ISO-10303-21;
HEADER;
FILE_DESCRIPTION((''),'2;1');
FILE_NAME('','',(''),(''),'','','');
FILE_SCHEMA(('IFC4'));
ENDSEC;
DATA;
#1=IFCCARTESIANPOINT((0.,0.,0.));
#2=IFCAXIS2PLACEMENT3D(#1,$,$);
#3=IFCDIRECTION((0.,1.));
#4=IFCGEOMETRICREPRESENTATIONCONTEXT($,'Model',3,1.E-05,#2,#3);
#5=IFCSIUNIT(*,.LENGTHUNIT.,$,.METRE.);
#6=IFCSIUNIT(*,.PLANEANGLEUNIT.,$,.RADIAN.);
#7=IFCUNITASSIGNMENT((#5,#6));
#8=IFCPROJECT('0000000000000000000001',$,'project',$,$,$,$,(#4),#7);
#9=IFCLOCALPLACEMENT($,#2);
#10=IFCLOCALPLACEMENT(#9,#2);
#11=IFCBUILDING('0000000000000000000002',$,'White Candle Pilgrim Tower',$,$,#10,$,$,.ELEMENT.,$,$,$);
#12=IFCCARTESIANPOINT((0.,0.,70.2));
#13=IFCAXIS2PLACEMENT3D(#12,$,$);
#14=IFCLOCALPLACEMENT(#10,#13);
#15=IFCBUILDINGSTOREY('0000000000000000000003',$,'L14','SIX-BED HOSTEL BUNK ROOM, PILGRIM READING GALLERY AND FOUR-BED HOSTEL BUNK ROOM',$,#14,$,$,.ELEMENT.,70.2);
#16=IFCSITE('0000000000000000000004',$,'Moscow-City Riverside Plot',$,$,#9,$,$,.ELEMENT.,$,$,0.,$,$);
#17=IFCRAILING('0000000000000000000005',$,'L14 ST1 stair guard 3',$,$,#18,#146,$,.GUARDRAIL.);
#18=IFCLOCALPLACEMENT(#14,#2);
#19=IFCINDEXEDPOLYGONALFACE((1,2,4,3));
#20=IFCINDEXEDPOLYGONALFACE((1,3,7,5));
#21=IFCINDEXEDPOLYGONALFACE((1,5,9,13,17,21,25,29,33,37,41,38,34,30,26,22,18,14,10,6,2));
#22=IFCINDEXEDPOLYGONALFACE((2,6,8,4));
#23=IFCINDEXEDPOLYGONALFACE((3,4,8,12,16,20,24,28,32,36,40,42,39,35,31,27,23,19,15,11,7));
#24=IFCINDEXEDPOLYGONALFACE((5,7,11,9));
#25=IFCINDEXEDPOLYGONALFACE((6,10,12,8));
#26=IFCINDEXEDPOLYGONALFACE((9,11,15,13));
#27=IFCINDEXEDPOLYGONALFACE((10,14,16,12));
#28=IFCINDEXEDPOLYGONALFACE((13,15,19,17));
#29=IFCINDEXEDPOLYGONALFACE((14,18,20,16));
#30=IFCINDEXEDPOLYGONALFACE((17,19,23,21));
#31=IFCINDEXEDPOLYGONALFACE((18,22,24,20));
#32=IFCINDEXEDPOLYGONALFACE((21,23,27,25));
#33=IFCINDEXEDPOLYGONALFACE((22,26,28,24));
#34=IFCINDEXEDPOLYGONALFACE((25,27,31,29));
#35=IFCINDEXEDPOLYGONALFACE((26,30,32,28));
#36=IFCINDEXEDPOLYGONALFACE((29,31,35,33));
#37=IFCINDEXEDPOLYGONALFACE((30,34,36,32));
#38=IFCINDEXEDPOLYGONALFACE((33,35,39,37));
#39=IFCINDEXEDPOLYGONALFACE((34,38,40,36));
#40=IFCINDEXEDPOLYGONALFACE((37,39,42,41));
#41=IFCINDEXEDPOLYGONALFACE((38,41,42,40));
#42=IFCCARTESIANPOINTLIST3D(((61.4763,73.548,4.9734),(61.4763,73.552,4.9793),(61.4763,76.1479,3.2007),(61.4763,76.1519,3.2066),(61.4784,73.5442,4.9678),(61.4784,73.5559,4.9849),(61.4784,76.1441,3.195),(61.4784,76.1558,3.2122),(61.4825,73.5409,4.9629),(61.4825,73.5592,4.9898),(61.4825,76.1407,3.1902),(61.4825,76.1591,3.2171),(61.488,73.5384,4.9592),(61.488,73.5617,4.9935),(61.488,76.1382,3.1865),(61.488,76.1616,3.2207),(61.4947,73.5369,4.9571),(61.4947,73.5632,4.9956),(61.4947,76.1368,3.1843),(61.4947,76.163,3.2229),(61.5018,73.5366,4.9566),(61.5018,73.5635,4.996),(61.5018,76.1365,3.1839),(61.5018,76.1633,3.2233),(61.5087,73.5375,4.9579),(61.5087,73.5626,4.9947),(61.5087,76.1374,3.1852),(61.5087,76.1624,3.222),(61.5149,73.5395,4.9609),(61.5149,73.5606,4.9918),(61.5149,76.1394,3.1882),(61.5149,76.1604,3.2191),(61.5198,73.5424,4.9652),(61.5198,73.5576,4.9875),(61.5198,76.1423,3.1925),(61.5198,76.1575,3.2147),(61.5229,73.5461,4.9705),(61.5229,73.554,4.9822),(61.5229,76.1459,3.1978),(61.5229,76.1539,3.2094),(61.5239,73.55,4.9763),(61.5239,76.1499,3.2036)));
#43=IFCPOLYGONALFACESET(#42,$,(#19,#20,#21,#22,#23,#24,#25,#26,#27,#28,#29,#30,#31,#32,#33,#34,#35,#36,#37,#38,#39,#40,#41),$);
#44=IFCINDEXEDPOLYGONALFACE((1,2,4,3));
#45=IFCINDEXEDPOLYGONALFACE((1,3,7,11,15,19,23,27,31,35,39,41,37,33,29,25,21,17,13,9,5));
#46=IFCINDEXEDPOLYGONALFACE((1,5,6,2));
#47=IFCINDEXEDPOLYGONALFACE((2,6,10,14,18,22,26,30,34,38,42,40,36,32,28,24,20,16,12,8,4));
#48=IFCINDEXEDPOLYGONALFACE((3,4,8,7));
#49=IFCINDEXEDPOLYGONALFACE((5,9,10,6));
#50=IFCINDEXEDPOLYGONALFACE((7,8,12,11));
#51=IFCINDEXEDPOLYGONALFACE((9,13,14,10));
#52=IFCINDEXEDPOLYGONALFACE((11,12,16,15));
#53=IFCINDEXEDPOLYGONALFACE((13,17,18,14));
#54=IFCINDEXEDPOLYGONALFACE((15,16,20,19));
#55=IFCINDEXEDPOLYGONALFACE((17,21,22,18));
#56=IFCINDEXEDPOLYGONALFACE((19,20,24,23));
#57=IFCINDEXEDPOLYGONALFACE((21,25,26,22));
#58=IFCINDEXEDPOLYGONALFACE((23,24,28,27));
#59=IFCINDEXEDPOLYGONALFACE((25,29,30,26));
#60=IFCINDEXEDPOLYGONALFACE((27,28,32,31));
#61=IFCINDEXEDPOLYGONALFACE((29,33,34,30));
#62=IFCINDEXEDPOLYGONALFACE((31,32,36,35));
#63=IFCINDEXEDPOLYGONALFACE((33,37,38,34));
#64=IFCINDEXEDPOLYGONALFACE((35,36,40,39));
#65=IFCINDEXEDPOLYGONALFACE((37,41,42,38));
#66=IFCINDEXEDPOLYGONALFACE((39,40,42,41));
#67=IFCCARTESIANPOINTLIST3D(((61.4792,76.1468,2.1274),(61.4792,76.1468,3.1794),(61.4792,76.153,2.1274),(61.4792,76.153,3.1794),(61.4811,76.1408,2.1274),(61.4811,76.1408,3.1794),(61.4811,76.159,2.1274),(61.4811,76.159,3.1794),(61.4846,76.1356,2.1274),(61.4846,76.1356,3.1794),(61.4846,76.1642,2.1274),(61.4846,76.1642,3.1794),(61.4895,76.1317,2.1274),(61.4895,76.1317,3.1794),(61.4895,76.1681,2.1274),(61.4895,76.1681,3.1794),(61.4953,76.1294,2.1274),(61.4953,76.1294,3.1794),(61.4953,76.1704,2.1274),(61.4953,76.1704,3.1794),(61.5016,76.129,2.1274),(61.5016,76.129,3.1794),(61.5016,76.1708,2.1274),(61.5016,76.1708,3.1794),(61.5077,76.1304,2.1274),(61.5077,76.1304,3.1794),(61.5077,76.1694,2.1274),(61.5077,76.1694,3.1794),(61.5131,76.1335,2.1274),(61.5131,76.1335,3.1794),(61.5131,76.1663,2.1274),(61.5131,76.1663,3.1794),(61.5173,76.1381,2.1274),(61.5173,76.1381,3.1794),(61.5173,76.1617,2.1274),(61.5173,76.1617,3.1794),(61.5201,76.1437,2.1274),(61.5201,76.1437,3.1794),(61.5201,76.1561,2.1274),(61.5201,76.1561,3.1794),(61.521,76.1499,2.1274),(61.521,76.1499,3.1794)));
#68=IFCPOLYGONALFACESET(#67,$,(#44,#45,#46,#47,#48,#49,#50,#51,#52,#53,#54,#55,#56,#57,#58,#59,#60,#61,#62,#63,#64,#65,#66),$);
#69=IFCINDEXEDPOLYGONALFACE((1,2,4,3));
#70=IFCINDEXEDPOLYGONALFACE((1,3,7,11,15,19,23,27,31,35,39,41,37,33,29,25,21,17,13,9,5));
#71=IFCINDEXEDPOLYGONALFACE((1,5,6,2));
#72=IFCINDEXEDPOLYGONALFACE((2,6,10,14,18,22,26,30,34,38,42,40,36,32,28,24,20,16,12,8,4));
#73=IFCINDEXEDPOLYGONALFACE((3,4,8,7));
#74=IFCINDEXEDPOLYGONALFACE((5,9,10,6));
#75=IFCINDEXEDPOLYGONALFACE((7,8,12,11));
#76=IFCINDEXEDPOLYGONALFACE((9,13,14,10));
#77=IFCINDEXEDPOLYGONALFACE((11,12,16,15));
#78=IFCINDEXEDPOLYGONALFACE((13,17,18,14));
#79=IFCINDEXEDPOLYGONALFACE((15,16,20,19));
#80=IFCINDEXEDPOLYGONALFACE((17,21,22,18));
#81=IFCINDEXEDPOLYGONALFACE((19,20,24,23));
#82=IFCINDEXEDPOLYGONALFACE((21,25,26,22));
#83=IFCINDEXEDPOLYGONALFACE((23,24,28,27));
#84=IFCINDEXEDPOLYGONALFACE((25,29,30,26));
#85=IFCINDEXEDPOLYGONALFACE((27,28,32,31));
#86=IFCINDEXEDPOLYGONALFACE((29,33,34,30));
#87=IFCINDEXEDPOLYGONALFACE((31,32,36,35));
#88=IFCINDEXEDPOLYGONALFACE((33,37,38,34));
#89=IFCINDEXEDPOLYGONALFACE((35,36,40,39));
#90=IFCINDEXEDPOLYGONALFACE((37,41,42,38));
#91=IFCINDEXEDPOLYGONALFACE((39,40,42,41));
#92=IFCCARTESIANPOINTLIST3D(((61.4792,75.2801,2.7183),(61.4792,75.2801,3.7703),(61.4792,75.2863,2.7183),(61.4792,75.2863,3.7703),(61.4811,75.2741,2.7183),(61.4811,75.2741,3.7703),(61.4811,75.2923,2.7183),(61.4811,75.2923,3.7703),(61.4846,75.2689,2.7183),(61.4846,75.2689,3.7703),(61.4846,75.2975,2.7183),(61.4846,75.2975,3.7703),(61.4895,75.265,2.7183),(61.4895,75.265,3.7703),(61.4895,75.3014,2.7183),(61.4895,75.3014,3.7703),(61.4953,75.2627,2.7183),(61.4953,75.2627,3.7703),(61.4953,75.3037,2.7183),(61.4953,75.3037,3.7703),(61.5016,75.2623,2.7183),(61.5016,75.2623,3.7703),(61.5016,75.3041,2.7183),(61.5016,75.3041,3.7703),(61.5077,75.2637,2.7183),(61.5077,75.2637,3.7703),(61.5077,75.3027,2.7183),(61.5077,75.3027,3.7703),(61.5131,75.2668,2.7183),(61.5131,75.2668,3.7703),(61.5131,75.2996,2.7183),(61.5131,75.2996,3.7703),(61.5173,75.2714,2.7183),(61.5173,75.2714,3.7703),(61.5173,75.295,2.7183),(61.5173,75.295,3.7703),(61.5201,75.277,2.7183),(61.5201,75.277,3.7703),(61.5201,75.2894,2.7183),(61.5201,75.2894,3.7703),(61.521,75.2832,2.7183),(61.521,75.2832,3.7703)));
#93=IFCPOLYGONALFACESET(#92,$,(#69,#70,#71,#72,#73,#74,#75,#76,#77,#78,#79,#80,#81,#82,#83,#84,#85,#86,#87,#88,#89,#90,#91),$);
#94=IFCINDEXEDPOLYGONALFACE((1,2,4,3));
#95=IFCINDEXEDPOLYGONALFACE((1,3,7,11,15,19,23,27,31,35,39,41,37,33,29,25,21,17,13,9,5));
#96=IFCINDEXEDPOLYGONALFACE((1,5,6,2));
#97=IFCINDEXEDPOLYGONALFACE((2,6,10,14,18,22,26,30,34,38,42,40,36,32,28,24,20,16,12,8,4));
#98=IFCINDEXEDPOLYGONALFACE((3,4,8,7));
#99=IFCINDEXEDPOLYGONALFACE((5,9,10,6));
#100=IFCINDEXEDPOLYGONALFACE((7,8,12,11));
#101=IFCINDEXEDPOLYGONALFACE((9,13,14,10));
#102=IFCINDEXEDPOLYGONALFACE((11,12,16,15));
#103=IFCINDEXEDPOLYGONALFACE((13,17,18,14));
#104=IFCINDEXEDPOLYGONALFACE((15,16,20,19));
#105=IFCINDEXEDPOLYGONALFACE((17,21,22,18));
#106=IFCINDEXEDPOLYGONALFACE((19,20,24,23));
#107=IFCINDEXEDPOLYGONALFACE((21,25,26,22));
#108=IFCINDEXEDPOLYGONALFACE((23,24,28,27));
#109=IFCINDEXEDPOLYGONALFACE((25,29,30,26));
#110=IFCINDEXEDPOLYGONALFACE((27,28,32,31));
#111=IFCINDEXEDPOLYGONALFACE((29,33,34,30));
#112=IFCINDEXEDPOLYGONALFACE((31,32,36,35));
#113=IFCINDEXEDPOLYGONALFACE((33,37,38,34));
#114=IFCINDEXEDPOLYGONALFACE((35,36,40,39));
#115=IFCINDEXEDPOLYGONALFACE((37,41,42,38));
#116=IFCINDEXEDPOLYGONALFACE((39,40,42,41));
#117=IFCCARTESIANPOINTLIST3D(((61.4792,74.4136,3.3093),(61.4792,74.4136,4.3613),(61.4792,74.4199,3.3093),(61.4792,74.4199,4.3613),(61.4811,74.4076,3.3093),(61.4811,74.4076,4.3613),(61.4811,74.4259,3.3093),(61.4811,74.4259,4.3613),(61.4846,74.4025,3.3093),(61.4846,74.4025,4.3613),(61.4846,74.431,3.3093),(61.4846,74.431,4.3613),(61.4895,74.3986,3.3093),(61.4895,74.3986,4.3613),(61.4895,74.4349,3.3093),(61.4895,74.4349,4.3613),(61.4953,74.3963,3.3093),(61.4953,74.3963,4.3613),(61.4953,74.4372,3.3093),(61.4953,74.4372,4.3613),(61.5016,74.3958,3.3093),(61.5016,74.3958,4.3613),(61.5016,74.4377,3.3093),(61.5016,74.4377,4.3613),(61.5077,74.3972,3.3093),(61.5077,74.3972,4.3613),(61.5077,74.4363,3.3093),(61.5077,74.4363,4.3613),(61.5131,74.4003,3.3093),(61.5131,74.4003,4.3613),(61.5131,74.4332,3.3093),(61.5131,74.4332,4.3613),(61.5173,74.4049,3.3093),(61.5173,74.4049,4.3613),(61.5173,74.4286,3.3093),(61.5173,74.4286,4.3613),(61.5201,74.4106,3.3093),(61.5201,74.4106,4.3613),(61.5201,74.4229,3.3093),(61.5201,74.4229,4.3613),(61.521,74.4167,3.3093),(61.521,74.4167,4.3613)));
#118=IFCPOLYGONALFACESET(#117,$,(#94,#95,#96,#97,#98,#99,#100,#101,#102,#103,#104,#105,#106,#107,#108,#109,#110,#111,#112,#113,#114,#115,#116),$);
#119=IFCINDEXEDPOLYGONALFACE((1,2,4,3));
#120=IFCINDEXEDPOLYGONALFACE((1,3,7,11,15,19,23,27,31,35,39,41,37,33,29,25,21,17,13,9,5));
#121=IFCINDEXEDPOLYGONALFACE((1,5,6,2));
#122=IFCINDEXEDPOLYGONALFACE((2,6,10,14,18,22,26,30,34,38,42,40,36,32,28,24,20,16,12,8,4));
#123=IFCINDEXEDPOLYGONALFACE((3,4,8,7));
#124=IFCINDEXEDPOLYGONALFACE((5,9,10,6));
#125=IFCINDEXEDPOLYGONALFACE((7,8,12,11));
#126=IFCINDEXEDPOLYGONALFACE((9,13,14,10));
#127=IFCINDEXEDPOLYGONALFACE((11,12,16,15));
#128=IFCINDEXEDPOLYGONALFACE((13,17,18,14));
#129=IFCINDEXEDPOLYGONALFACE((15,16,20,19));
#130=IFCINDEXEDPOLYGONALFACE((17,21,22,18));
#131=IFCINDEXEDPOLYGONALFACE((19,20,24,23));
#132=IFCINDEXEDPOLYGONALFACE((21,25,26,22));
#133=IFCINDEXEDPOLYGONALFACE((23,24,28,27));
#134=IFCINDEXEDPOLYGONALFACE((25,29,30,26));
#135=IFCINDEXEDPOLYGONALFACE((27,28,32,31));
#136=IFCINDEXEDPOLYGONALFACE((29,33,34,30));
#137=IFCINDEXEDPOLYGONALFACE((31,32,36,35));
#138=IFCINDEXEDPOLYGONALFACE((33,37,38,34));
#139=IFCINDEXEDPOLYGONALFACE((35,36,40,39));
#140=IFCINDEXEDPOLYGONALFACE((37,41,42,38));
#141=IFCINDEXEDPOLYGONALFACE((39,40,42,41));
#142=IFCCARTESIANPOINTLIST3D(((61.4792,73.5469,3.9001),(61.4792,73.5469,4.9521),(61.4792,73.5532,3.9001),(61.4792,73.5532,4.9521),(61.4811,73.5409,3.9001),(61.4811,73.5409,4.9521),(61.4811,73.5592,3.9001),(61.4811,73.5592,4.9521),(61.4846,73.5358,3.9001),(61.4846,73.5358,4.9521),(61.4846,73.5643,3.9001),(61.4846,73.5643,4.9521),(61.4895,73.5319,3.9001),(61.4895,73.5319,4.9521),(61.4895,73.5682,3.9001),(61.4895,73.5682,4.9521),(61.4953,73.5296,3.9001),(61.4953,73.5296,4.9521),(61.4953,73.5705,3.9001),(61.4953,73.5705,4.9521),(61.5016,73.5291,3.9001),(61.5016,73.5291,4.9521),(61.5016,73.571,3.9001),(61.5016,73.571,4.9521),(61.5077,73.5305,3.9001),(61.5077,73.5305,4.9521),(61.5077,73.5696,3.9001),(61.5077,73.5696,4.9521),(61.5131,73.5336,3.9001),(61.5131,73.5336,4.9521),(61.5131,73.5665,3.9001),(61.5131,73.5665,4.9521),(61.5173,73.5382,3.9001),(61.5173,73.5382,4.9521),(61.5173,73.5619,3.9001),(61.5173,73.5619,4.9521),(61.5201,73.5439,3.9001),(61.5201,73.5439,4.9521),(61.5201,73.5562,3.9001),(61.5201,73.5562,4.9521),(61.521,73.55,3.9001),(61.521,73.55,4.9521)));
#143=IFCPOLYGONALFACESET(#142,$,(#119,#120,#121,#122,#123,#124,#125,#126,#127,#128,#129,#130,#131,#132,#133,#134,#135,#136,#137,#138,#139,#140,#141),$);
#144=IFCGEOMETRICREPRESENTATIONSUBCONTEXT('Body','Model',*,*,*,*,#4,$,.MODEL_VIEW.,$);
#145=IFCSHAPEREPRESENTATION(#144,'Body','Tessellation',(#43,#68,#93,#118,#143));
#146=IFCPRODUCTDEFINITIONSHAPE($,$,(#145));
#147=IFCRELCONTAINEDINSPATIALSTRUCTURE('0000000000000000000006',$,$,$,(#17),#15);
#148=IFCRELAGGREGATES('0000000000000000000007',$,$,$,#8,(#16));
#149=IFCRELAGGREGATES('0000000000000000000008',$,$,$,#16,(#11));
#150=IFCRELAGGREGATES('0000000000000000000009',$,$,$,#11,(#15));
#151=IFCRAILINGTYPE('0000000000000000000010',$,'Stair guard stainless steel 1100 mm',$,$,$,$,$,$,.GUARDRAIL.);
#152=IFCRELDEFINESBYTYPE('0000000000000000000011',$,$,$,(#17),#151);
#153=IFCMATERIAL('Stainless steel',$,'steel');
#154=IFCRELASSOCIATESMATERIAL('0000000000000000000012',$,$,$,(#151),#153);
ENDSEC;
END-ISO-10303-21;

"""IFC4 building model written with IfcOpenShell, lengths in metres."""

from ifc_helpers import new_model, si_unit, direction, frame, origin, origin_2d, place, context, subcontext, project, spatial, circle, extrude, material, type_object, element, save


model = new_model("IFC4")

# Units and contexts
model_context = context("Model", 3, precision=1e-05, world=origin(), true_north=direction((0.0, 1.0)))
body_context = subcontext(model_context, "Body", "Model", "MODEL_VIEW")
ifc_project = project(units=[si_unit("LENGTHUNIT", "METRE"), si_unit("PLANEANGLEUNIT", "RADIAN")], contexts=[model_context])

# Site, building, storey
site_placement = place(None, origin())
site = spatial("IfcSite", under=ifc_project, at=site_placement, Name="Moscow-City Riverside Plot", CompositionType="ELEMENT", RefElevation=0.0)
building_placement = place(site_placement, origin())
building = spatial("IfcBuilding", under=site, at=building_placement, Name="White Candle Pilgrim Tower", CompositionType="ELEMENT")
storey_placement = place(building_placement, frame((0.0, 0.0, 70.2)))
storey = spatial("IfcBuildingStorey", under=building, at=storey_placement, Name="L14", Description="SIX-BED HOSTEL BUNK ROOM, PILGRIM READING GALLERY AND FOUR-BED HOSTEL BUNK ROOM", CompositionType="ELEMENT", Elevation=70.2)

# Railing
ifc_material_1 = material(Name="Stainless steel", Category="steel")
railing_type_1 = type_object("IfcRailingType", Name="Stair guard stainless steel 1100 mm", PredefinedType="GUARDRAIL", material=ifc_material_1)
railing_1_placement = place(storey_placement, frame((61.5, 76.1499, 2.1274)))
element("IfcRailing", 1, at=railing_1_placement, inside=storey, type_object=railing_type_1, Name="L14 ST1 stair guard 3", PredefinedType="GUARDRAIL", context=body_context, shape_type="SweptSolid", body=[
    extrude(circle(Radius=0.0239, at=origin_2d()), frame((0.0, 0.0, 1.0762), z_axis=(0.0, -0.826216, 0.563354), x_axis=(1.0, 0.0, 0.0)), (0.0, 0.0, 1.0), 3.1467),
    extrude(circle(Radius=0.021, at=origin_2d()), origin(), (0.0, 0.0, 1.0), 1.052),
    extrude(circle(Radius=0.021, at=origin_2d()), frame((0.0, -0.8667, 0.5908)), (0.0, 0.0, 1.0), 1.052),
    extrude(circle(Radius=0.021, at=origin_2d()), frame((0.0, -1.7332, 1.1819)), (0.0, 0.0, 1.0), 1.052),
    extrude(circle(Radius=0.021, at=origin_2d()), frame((0.0, -2.5999, 1.7727)), (0.0, 0.0, 1.0), 1.052),
])

save(model, "model.ifc")
